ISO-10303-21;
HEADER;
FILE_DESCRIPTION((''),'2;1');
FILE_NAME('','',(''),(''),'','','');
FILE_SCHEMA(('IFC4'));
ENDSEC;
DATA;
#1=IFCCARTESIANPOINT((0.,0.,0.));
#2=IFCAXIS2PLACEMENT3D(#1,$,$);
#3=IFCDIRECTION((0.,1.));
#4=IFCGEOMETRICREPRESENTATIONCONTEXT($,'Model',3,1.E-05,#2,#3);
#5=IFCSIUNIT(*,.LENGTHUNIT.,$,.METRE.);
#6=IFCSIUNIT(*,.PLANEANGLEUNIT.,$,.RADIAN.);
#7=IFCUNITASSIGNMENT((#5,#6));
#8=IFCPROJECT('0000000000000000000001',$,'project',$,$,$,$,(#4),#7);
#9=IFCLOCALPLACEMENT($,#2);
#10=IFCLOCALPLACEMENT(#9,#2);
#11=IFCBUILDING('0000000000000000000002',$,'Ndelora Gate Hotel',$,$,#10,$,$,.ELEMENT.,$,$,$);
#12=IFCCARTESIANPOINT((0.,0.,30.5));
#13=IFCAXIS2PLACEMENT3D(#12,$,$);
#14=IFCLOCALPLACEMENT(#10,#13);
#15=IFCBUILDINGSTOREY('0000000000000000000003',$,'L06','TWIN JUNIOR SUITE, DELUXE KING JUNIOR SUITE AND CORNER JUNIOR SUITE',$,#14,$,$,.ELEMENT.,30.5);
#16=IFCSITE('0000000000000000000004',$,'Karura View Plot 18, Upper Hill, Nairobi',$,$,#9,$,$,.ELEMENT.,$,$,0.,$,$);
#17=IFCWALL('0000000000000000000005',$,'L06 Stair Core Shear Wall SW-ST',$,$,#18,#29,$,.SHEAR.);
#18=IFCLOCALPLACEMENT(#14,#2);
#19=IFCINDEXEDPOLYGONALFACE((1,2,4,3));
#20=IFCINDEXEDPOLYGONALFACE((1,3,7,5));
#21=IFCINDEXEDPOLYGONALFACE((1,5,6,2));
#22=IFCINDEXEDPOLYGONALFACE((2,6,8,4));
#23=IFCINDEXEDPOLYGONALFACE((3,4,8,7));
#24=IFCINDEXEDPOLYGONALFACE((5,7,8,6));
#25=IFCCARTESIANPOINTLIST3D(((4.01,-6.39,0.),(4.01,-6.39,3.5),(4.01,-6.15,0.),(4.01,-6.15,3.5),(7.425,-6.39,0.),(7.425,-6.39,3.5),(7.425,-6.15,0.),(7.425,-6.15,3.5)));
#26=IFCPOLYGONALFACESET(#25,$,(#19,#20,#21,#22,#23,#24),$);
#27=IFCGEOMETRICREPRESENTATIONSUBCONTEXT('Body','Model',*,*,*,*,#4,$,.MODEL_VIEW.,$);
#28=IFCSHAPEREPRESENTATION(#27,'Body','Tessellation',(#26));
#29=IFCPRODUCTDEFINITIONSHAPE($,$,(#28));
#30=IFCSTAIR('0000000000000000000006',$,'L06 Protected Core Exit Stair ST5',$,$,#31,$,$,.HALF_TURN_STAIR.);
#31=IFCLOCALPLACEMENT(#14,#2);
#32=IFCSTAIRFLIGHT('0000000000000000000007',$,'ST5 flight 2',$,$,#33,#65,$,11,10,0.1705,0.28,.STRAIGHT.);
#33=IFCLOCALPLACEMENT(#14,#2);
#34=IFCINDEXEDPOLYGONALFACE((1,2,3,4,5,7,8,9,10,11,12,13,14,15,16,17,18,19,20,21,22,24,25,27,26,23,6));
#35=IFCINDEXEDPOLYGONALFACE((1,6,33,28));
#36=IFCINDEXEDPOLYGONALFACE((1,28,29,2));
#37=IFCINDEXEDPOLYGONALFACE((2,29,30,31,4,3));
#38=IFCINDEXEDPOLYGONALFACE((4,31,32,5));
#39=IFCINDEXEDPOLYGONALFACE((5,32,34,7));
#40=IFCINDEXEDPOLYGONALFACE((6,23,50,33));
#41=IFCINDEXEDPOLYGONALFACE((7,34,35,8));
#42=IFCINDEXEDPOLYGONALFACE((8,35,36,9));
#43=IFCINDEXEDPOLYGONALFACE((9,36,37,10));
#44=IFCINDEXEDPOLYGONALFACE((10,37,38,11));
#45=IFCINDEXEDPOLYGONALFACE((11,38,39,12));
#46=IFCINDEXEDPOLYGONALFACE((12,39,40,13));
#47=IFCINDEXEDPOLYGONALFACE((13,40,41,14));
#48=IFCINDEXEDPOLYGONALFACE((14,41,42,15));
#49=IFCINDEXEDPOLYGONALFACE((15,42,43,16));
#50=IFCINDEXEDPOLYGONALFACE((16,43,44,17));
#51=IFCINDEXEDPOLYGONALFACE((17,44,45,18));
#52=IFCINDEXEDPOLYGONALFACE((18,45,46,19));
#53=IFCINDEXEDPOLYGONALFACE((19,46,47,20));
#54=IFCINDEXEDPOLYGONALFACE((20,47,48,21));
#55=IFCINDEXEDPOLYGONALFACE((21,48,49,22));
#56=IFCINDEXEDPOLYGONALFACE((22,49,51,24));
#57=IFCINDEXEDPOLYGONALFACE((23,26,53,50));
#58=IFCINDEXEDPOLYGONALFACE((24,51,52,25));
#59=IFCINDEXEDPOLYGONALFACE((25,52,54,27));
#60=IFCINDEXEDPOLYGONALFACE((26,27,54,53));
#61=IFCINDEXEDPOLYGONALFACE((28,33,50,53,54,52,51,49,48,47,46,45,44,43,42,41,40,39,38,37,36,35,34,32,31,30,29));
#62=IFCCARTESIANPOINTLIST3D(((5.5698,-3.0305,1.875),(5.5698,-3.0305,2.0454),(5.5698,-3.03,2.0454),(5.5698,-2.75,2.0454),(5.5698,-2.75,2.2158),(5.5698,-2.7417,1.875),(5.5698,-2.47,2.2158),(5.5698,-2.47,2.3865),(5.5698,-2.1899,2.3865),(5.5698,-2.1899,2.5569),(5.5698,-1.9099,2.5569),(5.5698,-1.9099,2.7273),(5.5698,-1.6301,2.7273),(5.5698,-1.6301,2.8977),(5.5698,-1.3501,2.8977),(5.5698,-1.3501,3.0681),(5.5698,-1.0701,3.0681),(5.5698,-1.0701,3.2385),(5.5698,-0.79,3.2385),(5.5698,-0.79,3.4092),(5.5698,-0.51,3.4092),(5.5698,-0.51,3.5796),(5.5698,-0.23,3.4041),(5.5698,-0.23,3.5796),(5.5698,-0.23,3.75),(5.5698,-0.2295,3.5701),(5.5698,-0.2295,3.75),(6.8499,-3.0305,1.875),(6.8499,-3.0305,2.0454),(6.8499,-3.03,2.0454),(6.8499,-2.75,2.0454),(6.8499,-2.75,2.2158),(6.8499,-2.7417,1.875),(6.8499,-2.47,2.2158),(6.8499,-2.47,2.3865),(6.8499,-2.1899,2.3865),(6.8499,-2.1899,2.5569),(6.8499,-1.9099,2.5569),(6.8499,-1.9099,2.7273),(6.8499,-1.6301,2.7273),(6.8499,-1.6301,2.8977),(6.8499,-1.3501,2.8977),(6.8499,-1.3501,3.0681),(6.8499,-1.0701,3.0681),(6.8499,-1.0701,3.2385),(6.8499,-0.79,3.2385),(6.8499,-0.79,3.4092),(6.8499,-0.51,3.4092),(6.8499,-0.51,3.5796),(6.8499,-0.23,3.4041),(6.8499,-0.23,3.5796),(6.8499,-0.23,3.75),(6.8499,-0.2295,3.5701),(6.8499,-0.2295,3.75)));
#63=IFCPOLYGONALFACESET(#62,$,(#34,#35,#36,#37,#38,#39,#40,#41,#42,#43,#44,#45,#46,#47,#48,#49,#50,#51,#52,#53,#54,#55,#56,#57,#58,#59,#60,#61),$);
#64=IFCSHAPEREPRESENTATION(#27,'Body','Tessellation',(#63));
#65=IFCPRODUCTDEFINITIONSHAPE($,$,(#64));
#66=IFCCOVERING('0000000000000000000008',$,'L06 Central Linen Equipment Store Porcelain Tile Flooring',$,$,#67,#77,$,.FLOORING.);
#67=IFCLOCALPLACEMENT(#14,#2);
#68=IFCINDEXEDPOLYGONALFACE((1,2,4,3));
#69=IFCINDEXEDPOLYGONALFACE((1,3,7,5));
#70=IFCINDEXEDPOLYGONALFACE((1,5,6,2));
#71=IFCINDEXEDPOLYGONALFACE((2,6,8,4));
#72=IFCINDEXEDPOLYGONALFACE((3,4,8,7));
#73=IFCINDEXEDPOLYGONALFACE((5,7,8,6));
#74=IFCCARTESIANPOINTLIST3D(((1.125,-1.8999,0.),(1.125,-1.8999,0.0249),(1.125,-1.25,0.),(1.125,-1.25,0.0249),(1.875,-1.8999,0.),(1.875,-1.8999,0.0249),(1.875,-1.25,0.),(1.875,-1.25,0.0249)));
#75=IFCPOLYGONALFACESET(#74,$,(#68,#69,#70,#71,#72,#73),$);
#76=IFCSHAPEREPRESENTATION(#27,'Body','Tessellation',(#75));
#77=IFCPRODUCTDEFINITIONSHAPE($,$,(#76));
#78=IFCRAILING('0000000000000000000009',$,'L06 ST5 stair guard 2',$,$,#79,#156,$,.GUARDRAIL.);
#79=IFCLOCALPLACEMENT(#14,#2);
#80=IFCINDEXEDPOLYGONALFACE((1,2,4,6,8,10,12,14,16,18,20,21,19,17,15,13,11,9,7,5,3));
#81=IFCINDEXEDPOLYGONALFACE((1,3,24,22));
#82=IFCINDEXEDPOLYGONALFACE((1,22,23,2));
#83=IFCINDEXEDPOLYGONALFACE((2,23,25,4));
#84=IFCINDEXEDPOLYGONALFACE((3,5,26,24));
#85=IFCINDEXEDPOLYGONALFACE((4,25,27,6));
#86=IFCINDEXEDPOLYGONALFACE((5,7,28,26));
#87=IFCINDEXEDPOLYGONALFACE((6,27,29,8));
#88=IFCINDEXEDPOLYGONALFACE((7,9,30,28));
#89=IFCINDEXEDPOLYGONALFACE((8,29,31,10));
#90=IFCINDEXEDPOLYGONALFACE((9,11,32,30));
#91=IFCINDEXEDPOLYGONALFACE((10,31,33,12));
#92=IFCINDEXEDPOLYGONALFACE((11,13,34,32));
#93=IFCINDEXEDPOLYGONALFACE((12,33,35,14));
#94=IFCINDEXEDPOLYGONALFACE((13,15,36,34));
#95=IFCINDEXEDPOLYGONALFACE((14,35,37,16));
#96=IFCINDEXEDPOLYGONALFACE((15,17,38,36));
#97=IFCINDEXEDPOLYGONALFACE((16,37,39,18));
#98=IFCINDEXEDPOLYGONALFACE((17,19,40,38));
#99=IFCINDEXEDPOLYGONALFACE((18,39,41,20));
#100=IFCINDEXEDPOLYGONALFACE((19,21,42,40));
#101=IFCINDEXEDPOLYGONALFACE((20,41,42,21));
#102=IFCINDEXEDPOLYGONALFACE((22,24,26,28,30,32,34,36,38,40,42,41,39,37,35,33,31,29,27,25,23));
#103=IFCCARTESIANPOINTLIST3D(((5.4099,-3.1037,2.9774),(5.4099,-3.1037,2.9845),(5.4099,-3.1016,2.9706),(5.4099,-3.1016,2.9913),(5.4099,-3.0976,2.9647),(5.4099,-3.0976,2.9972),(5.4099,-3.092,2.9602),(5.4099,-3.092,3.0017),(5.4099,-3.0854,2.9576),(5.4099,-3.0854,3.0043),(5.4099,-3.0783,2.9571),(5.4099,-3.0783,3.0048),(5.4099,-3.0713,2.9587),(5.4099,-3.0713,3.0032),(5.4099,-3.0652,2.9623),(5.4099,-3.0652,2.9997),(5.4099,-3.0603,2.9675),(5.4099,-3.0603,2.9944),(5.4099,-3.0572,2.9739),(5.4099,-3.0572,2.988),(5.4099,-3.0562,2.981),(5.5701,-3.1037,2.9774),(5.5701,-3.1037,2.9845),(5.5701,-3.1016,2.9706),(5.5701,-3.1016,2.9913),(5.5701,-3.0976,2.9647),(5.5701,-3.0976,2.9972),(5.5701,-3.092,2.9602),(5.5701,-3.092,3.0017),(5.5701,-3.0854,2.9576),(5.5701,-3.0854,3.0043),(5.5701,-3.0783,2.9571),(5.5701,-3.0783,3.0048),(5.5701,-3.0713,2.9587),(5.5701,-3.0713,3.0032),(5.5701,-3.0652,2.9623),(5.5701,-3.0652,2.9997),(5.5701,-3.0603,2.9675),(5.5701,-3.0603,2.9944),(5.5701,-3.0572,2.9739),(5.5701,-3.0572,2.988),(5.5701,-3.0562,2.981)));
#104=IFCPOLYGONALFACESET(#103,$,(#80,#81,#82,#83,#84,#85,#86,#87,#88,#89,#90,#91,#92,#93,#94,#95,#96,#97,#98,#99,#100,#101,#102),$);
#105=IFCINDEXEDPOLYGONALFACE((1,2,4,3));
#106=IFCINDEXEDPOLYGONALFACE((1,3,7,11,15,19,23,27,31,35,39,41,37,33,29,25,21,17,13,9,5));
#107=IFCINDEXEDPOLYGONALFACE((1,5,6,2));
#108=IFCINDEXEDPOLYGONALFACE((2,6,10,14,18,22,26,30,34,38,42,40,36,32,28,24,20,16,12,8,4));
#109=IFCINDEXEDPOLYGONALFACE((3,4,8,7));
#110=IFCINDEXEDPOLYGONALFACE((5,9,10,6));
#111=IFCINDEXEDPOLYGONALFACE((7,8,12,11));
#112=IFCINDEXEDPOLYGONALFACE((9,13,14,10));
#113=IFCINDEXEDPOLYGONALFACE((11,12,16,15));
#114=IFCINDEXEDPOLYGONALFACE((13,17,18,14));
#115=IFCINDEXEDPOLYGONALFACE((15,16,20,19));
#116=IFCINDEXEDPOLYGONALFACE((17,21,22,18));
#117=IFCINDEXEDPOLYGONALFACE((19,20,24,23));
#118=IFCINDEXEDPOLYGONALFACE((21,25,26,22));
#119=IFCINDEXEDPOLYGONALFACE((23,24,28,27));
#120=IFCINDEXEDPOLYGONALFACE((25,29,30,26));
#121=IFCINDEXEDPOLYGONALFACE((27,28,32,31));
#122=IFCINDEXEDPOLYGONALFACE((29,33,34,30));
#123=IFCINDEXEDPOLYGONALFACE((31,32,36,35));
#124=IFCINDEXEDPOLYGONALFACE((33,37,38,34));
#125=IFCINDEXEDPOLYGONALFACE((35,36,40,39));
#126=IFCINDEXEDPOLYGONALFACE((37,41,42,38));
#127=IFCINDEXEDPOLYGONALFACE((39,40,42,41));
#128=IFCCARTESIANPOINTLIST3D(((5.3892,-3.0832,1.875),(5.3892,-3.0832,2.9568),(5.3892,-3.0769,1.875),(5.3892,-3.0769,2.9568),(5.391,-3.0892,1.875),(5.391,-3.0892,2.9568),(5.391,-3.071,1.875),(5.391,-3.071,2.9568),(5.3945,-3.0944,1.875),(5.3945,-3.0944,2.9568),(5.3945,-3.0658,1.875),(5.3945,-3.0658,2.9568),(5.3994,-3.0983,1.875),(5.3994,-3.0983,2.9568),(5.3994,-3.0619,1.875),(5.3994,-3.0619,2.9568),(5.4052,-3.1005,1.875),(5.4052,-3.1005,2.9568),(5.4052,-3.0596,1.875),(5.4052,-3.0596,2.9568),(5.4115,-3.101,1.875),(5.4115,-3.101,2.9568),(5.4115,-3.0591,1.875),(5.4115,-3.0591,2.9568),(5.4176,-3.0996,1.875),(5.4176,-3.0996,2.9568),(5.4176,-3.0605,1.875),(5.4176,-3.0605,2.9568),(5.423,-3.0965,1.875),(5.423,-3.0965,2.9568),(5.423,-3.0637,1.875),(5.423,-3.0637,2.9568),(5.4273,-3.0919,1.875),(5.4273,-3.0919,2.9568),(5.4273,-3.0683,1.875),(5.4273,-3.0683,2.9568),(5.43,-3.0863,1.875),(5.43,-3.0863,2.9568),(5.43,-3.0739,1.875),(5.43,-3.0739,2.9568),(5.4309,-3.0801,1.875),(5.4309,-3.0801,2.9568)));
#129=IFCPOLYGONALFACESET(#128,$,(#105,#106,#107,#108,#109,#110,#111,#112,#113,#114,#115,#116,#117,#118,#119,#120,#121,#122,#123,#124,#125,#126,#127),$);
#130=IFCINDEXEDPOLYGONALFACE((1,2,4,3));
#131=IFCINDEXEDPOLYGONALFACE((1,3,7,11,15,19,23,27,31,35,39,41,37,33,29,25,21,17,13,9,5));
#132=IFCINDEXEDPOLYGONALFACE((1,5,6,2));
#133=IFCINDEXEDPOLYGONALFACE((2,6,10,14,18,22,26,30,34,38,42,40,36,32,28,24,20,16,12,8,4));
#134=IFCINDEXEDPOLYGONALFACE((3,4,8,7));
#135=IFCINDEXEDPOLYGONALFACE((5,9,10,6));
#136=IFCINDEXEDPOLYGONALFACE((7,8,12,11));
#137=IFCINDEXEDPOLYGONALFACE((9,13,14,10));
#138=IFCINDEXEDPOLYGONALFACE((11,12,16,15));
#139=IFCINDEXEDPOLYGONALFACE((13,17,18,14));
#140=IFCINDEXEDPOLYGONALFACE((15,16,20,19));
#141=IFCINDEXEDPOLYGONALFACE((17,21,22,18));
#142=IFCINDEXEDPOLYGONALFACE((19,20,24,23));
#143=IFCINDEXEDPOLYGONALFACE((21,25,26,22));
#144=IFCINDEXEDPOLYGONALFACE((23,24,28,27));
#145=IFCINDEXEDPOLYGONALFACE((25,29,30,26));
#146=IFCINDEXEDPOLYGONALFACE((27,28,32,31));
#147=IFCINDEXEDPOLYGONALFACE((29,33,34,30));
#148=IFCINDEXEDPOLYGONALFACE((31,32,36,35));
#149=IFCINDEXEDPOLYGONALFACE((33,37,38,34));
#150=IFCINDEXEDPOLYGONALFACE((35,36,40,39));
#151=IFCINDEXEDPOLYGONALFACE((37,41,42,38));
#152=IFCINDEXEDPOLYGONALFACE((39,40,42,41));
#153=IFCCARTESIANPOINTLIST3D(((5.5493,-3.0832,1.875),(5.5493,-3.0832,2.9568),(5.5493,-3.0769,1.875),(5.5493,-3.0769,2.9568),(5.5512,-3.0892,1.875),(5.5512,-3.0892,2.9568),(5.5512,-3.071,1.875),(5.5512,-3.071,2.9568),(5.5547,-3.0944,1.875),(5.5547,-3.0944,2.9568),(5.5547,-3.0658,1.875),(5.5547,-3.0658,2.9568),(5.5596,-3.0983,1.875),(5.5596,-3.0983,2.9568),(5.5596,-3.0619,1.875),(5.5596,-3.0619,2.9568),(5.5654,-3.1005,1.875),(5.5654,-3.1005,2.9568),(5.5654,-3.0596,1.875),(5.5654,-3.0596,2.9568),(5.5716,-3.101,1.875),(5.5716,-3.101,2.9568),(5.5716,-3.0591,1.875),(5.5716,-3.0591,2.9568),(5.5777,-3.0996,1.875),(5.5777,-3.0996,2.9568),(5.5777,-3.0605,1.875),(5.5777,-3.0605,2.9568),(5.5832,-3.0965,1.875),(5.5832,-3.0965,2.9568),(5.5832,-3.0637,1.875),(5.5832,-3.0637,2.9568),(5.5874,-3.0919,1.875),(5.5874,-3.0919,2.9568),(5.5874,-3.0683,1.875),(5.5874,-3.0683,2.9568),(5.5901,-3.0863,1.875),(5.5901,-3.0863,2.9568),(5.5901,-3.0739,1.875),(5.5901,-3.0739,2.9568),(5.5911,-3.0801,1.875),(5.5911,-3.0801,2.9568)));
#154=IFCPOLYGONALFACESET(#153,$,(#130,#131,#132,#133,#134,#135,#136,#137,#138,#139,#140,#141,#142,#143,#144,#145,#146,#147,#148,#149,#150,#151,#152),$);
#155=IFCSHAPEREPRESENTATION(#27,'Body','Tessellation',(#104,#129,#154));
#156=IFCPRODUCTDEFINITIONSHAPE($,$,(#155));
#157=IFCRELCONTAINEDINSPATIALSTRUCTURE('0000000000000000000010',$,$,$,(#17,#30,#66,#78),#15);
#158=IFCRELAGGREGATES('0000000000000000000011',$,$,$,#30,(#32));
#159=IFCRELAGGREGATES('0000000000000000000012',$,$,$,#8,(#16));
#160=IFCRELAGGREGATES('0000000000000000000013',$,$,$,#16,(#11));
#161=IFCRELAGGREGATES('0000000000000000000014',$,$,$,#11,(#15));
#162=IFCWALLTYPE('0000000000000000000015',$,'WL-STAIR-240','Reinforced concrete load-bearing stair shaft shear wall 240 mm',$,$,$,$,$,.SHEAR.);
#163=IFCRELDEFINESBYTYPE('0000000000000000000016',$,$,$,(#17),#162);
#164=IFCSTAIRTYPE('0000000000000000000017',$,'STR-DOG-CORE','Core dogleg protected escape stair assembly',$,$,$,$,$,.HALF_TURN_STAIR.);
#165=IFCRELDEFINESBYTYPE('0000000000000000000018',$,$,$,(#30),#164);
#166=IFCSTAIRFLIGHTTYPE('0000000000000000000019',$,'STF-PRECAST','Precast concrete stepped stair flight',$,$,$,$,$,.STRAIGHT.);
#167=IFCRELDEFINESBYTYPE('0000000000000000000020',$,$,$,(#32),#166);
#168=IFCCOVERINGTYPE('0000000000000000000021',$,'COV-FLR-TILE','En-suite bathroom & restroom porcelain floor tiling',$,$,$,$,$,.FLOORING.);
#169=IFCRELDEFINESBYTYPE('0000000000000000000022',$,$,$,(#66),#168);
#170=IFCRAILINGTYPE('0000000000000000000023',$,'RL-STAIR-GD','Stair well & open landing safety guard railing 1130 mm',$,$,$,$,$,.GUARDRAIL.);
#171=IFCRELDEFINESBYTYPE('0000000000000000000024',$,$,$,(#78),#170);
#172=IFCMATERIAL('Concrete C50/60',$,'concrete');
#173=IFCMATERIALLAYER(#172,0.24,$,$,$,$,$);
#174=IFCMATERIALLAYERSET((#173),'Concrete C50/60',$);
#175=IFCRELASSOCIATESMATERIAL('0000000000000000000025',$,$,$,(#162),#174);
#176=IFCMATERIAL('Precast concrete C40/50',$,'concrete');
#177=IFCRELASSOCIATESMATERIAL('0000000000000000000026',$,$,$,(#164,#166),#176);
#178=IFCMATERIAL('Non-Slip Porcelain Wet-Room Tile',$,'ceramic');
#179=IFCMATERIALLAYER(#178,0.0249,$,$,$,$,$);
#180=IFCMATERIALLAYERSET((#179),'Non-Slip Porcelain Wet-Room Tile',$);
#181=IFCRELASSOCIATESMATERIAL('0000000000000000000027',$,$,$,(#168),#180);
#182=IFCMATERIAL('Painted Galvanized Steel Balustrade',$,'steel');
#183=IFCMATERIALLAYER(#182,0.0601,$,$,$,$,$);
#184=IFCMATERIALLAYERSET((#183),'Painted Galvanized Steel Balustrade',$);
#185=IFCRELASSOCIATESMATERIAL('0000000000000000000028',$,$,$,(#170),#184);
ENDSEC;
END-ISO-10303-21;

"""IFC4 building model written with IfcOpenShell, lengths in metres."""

from ifc_helpers import new_model, si_unit, direction, frame, frame_2d, origin, origin_2d, place, context, subcontext, project, spatial, polyline, rectangle, circle, outline, extrude, material, layer, layer_set, type_object, element, aggregate, save


model = new_model("IFC4")

# Units and contexts
model_context = context("Model", 3, precision=1e-05, world=origin(), true_north=direction((0.0, 1.0)))
body_context = subcontext(model_context, "Body", "Model", "MODEL_VIEW")
ifc_project = project(units=[si_unit("LENGTHUNIT", "METRE"), si_unit("PLANEANGLEUNIT", "RADIAN")], contexts=[model_context])

# Site, building, storey
site_placement = place(None, origin())
site = spatial("IfcSite", under=ifc_project, at=site_placement, Name="Karura View Plot 18, Upper Hill, Nairobi", CompositionType="ELEMENT", RefElevation=0.0)
building_placement = place(site_placement, origin())
building = spatial("IfcBuilding", under=site, at=building_placement, Name="Ndelora Gate Hotel", CompositionType="ELEMENT")
storey_placement = place(building_placement, frame((0.0, 0.0, 30.5)))
storey = spatial("IfcBuildingStorey", under=building, at=storey_placement, Name="L06", Description="TWIN JUNIOR SUITE, DELUXE KING JUNIOR SUITE AND CORNER JUNIOR SUITE", CompositionType="ELEMENT", Elevation=30.5)

# Wall
ifc_material_1 = material(Name="Concrete C50/60", Category="concrete")
ifc_layer_1 = layer(ifc_material_1, 0.24)
ifc_layer_set_1 = layer_set([ifc_layer_1], Name="Concrete C50/60")
wall_type_1 = type_object("IfcWallType", Name="WL-STAIR-240", Description="Reinforced concrete load-bearing stair shaft shear wall 240 mm", PredefinedType="SHEAR", material=ifc_layer_set_1)
wall_1_placement = place(storey_placement, frame((4.01, -6.27, 0.0), z_axis=(0.0, 0.0, 1.0), x_axis=(1.0, 0.0, 0.0)))
element("IfcWall", 1, at=wall_1_placement, inside=storey, type_object=wall_type_1, Name="L06 Stair Core Shear Wall SW-ST", PredefinedType="SHEAR", context=body_context, shape_type="SweptSolid", body=[
    extrude(rectangle(XDim=3.415, YDim=0.24, at=frame_2d((1.7075, 0.0))), origin(), (0.0, 0.0, 1.0), 3.5),
])

# Stair, stair flight
ifc_material_2 = material(Name="Precast concrete C40/50", Category="concrete")
stair_type = type_object("IfcStairType", Name="STR-DOG-CORE", Description="Core dogleg protected escape stair assembly", PredefinedType="HALF_TURN_STAIR", material=ifc_material_2)
stair_placement = place(storey_placement, origin())
stair = element("IfcStair", 2, at=stair_placement, inside=storey, type_object=stair_type, Name="L06 Protected Core Exit Stair ST5", PredefinedType="HALF_TURN_STAIR")
stair_flight_type = type_object("IfcStairFlightType", Name="STF-PRECAST", Description="Precast concrete stepped stair flight", PredefinedType="STRAIGHT", material=ifc_material_2)
stair_flight_placement = place(storey_placement, frame((6.21, -3.03, 1.875), z_axis=(0.0, 0.0, 1.0), x_axis=(0.0, 1.0, 0.0)))
stair_flight = element("IfcStairFlight", 3, at=stair_flight_placement, type_object=stair_flight_type, Name="ST5 flight 2", NumberOfRisers=11, NumberOfTreads=10, PredefinedType="STRAIGHT", RiserHeight=0.1705, TreadLength=0.28, context=body_context, shape_type="SweptSolid", body=[
    extrude(outline(polyline([(-0.0005, 0.0), (-0.0005, 0.1704), (0.0, 0.1704), (0.28, 0.1704), (0.28, 0.3408), (0.5601, 0.3408), (0.5601, 0.5115), (0.8401, 0.5115), (0.8401, 0.6819), (1.1201, 0.6819), (1.1201, 0.8523), (1.3999, 0.8523), (1.3999, 1.0227), (1.6799, 1.0227), (1.6799, 1.1931), (1.96, 1.1931), (1.96, 1.3635), (2.24, 1.3635), (2.24, 1.5342), (2.52, 1.5342), (2.52, 1.7046), (2.8, 1.7046), (2.8, 1.875), (2.8005, 1.875), (2.8005, 1.6951), (2.8, 1.5291), (0.2883, 0.0), (-0.0005, 0.0)])), frame((0.0, 0.6401, 0.0), z_axis=(0.0, -1.0, 0.0), x_axis=(1.0, 0.0, 0.0)), (0.0, 0.0, 1.0), 1.28),
])
aggregate(stair, [stair_flight])

# Covering
ifc_material_3 = material(Name="Non-Slip Porcelain Wet-Room Tile", Category="ceramic")
ifc_layer_2 = layer(ifc_material_3, 0.0249)
ifc_layer_set_2 = layer_set([ifc_layer_2], Name="Non-Slip Porcelain Wet-Room Tile")
covering_type = type_object("IfcCoveringType", Name="COV-FLR-TILE", Description="En-suite bathroom & restroom porcelain floor tiling", PredefinedType="FLOORING", material=ifc_layer_set_2)
covering_placement = place(storey_placement, frame((1.5, -1.575, 0.0), z_axis=(0.0, 0.0, 1.0), x_axis=(1.0, 0.0, 0.0)))
element("IfcCovering", 4, at=covering_placement, inside=storey, type_object=covering_type, Name="L06 Central Linen Equipment Store Porcelain Tile Flooring", PredefinedType="FLOORING", context=body_context, shape_type="SweptSolid", body=[
    extrude(rectangle(XDim=0.75, YDim=0.6499, at=origin_2d()), origin(), (0.0, 0.0, 1.0), 0.0249),
])

# Railing
ifc_material_4 = material(Name="Painted Galvanized Steel Balustrade", Category="steel")
ifc_layer_3 = layer(ifc_material_4, 0.0601)
ifc_layer_set_3 = layer_set([ifc_layer_3], Name="Painted Galvanized Steel Balustrade")
railing_type_1 = type_object("IfcRailingType", Name="RL-STAIR-GD", Description="Stair well & open landing safety guard railing 1130 mm", PredefinedType="GUARDRAIL", material=ifc_layer_set_3)
railing_1_placement = place(storey_placement, frame((5.4099, -3.0801, 1.875)))
element("IfcRailing", 5, at=railing_1_placement, inside=storey, type_object=railing_type_1, Name="L06 ST5 stair guard 2", PredefinedType="GUARDRAIL", context=body_context, shape_type="SweptSolid", body=[
    extrude(circle(Radius=0.0239, at=origin_2d()), frame((0.0, 0.0, 1.106), z_axis=(1.0, 0.0, 0.0), x_axis=(0.0, 1.0, 0.0)), (0.0, 0.0, 1.0), 0.1602),
    extrude(circle(Radius=0.021, at=origin_2d()), origin(), (0.0, 0.0, 1.0), 1.0818),
    extrude(circle(Radius=0.021, at=origin_2d()), frame((0.1602, 0.0, 0.0)), (0.0, 0.0, 1.0), 1.0818),
])

save(model, "model.ifc")
